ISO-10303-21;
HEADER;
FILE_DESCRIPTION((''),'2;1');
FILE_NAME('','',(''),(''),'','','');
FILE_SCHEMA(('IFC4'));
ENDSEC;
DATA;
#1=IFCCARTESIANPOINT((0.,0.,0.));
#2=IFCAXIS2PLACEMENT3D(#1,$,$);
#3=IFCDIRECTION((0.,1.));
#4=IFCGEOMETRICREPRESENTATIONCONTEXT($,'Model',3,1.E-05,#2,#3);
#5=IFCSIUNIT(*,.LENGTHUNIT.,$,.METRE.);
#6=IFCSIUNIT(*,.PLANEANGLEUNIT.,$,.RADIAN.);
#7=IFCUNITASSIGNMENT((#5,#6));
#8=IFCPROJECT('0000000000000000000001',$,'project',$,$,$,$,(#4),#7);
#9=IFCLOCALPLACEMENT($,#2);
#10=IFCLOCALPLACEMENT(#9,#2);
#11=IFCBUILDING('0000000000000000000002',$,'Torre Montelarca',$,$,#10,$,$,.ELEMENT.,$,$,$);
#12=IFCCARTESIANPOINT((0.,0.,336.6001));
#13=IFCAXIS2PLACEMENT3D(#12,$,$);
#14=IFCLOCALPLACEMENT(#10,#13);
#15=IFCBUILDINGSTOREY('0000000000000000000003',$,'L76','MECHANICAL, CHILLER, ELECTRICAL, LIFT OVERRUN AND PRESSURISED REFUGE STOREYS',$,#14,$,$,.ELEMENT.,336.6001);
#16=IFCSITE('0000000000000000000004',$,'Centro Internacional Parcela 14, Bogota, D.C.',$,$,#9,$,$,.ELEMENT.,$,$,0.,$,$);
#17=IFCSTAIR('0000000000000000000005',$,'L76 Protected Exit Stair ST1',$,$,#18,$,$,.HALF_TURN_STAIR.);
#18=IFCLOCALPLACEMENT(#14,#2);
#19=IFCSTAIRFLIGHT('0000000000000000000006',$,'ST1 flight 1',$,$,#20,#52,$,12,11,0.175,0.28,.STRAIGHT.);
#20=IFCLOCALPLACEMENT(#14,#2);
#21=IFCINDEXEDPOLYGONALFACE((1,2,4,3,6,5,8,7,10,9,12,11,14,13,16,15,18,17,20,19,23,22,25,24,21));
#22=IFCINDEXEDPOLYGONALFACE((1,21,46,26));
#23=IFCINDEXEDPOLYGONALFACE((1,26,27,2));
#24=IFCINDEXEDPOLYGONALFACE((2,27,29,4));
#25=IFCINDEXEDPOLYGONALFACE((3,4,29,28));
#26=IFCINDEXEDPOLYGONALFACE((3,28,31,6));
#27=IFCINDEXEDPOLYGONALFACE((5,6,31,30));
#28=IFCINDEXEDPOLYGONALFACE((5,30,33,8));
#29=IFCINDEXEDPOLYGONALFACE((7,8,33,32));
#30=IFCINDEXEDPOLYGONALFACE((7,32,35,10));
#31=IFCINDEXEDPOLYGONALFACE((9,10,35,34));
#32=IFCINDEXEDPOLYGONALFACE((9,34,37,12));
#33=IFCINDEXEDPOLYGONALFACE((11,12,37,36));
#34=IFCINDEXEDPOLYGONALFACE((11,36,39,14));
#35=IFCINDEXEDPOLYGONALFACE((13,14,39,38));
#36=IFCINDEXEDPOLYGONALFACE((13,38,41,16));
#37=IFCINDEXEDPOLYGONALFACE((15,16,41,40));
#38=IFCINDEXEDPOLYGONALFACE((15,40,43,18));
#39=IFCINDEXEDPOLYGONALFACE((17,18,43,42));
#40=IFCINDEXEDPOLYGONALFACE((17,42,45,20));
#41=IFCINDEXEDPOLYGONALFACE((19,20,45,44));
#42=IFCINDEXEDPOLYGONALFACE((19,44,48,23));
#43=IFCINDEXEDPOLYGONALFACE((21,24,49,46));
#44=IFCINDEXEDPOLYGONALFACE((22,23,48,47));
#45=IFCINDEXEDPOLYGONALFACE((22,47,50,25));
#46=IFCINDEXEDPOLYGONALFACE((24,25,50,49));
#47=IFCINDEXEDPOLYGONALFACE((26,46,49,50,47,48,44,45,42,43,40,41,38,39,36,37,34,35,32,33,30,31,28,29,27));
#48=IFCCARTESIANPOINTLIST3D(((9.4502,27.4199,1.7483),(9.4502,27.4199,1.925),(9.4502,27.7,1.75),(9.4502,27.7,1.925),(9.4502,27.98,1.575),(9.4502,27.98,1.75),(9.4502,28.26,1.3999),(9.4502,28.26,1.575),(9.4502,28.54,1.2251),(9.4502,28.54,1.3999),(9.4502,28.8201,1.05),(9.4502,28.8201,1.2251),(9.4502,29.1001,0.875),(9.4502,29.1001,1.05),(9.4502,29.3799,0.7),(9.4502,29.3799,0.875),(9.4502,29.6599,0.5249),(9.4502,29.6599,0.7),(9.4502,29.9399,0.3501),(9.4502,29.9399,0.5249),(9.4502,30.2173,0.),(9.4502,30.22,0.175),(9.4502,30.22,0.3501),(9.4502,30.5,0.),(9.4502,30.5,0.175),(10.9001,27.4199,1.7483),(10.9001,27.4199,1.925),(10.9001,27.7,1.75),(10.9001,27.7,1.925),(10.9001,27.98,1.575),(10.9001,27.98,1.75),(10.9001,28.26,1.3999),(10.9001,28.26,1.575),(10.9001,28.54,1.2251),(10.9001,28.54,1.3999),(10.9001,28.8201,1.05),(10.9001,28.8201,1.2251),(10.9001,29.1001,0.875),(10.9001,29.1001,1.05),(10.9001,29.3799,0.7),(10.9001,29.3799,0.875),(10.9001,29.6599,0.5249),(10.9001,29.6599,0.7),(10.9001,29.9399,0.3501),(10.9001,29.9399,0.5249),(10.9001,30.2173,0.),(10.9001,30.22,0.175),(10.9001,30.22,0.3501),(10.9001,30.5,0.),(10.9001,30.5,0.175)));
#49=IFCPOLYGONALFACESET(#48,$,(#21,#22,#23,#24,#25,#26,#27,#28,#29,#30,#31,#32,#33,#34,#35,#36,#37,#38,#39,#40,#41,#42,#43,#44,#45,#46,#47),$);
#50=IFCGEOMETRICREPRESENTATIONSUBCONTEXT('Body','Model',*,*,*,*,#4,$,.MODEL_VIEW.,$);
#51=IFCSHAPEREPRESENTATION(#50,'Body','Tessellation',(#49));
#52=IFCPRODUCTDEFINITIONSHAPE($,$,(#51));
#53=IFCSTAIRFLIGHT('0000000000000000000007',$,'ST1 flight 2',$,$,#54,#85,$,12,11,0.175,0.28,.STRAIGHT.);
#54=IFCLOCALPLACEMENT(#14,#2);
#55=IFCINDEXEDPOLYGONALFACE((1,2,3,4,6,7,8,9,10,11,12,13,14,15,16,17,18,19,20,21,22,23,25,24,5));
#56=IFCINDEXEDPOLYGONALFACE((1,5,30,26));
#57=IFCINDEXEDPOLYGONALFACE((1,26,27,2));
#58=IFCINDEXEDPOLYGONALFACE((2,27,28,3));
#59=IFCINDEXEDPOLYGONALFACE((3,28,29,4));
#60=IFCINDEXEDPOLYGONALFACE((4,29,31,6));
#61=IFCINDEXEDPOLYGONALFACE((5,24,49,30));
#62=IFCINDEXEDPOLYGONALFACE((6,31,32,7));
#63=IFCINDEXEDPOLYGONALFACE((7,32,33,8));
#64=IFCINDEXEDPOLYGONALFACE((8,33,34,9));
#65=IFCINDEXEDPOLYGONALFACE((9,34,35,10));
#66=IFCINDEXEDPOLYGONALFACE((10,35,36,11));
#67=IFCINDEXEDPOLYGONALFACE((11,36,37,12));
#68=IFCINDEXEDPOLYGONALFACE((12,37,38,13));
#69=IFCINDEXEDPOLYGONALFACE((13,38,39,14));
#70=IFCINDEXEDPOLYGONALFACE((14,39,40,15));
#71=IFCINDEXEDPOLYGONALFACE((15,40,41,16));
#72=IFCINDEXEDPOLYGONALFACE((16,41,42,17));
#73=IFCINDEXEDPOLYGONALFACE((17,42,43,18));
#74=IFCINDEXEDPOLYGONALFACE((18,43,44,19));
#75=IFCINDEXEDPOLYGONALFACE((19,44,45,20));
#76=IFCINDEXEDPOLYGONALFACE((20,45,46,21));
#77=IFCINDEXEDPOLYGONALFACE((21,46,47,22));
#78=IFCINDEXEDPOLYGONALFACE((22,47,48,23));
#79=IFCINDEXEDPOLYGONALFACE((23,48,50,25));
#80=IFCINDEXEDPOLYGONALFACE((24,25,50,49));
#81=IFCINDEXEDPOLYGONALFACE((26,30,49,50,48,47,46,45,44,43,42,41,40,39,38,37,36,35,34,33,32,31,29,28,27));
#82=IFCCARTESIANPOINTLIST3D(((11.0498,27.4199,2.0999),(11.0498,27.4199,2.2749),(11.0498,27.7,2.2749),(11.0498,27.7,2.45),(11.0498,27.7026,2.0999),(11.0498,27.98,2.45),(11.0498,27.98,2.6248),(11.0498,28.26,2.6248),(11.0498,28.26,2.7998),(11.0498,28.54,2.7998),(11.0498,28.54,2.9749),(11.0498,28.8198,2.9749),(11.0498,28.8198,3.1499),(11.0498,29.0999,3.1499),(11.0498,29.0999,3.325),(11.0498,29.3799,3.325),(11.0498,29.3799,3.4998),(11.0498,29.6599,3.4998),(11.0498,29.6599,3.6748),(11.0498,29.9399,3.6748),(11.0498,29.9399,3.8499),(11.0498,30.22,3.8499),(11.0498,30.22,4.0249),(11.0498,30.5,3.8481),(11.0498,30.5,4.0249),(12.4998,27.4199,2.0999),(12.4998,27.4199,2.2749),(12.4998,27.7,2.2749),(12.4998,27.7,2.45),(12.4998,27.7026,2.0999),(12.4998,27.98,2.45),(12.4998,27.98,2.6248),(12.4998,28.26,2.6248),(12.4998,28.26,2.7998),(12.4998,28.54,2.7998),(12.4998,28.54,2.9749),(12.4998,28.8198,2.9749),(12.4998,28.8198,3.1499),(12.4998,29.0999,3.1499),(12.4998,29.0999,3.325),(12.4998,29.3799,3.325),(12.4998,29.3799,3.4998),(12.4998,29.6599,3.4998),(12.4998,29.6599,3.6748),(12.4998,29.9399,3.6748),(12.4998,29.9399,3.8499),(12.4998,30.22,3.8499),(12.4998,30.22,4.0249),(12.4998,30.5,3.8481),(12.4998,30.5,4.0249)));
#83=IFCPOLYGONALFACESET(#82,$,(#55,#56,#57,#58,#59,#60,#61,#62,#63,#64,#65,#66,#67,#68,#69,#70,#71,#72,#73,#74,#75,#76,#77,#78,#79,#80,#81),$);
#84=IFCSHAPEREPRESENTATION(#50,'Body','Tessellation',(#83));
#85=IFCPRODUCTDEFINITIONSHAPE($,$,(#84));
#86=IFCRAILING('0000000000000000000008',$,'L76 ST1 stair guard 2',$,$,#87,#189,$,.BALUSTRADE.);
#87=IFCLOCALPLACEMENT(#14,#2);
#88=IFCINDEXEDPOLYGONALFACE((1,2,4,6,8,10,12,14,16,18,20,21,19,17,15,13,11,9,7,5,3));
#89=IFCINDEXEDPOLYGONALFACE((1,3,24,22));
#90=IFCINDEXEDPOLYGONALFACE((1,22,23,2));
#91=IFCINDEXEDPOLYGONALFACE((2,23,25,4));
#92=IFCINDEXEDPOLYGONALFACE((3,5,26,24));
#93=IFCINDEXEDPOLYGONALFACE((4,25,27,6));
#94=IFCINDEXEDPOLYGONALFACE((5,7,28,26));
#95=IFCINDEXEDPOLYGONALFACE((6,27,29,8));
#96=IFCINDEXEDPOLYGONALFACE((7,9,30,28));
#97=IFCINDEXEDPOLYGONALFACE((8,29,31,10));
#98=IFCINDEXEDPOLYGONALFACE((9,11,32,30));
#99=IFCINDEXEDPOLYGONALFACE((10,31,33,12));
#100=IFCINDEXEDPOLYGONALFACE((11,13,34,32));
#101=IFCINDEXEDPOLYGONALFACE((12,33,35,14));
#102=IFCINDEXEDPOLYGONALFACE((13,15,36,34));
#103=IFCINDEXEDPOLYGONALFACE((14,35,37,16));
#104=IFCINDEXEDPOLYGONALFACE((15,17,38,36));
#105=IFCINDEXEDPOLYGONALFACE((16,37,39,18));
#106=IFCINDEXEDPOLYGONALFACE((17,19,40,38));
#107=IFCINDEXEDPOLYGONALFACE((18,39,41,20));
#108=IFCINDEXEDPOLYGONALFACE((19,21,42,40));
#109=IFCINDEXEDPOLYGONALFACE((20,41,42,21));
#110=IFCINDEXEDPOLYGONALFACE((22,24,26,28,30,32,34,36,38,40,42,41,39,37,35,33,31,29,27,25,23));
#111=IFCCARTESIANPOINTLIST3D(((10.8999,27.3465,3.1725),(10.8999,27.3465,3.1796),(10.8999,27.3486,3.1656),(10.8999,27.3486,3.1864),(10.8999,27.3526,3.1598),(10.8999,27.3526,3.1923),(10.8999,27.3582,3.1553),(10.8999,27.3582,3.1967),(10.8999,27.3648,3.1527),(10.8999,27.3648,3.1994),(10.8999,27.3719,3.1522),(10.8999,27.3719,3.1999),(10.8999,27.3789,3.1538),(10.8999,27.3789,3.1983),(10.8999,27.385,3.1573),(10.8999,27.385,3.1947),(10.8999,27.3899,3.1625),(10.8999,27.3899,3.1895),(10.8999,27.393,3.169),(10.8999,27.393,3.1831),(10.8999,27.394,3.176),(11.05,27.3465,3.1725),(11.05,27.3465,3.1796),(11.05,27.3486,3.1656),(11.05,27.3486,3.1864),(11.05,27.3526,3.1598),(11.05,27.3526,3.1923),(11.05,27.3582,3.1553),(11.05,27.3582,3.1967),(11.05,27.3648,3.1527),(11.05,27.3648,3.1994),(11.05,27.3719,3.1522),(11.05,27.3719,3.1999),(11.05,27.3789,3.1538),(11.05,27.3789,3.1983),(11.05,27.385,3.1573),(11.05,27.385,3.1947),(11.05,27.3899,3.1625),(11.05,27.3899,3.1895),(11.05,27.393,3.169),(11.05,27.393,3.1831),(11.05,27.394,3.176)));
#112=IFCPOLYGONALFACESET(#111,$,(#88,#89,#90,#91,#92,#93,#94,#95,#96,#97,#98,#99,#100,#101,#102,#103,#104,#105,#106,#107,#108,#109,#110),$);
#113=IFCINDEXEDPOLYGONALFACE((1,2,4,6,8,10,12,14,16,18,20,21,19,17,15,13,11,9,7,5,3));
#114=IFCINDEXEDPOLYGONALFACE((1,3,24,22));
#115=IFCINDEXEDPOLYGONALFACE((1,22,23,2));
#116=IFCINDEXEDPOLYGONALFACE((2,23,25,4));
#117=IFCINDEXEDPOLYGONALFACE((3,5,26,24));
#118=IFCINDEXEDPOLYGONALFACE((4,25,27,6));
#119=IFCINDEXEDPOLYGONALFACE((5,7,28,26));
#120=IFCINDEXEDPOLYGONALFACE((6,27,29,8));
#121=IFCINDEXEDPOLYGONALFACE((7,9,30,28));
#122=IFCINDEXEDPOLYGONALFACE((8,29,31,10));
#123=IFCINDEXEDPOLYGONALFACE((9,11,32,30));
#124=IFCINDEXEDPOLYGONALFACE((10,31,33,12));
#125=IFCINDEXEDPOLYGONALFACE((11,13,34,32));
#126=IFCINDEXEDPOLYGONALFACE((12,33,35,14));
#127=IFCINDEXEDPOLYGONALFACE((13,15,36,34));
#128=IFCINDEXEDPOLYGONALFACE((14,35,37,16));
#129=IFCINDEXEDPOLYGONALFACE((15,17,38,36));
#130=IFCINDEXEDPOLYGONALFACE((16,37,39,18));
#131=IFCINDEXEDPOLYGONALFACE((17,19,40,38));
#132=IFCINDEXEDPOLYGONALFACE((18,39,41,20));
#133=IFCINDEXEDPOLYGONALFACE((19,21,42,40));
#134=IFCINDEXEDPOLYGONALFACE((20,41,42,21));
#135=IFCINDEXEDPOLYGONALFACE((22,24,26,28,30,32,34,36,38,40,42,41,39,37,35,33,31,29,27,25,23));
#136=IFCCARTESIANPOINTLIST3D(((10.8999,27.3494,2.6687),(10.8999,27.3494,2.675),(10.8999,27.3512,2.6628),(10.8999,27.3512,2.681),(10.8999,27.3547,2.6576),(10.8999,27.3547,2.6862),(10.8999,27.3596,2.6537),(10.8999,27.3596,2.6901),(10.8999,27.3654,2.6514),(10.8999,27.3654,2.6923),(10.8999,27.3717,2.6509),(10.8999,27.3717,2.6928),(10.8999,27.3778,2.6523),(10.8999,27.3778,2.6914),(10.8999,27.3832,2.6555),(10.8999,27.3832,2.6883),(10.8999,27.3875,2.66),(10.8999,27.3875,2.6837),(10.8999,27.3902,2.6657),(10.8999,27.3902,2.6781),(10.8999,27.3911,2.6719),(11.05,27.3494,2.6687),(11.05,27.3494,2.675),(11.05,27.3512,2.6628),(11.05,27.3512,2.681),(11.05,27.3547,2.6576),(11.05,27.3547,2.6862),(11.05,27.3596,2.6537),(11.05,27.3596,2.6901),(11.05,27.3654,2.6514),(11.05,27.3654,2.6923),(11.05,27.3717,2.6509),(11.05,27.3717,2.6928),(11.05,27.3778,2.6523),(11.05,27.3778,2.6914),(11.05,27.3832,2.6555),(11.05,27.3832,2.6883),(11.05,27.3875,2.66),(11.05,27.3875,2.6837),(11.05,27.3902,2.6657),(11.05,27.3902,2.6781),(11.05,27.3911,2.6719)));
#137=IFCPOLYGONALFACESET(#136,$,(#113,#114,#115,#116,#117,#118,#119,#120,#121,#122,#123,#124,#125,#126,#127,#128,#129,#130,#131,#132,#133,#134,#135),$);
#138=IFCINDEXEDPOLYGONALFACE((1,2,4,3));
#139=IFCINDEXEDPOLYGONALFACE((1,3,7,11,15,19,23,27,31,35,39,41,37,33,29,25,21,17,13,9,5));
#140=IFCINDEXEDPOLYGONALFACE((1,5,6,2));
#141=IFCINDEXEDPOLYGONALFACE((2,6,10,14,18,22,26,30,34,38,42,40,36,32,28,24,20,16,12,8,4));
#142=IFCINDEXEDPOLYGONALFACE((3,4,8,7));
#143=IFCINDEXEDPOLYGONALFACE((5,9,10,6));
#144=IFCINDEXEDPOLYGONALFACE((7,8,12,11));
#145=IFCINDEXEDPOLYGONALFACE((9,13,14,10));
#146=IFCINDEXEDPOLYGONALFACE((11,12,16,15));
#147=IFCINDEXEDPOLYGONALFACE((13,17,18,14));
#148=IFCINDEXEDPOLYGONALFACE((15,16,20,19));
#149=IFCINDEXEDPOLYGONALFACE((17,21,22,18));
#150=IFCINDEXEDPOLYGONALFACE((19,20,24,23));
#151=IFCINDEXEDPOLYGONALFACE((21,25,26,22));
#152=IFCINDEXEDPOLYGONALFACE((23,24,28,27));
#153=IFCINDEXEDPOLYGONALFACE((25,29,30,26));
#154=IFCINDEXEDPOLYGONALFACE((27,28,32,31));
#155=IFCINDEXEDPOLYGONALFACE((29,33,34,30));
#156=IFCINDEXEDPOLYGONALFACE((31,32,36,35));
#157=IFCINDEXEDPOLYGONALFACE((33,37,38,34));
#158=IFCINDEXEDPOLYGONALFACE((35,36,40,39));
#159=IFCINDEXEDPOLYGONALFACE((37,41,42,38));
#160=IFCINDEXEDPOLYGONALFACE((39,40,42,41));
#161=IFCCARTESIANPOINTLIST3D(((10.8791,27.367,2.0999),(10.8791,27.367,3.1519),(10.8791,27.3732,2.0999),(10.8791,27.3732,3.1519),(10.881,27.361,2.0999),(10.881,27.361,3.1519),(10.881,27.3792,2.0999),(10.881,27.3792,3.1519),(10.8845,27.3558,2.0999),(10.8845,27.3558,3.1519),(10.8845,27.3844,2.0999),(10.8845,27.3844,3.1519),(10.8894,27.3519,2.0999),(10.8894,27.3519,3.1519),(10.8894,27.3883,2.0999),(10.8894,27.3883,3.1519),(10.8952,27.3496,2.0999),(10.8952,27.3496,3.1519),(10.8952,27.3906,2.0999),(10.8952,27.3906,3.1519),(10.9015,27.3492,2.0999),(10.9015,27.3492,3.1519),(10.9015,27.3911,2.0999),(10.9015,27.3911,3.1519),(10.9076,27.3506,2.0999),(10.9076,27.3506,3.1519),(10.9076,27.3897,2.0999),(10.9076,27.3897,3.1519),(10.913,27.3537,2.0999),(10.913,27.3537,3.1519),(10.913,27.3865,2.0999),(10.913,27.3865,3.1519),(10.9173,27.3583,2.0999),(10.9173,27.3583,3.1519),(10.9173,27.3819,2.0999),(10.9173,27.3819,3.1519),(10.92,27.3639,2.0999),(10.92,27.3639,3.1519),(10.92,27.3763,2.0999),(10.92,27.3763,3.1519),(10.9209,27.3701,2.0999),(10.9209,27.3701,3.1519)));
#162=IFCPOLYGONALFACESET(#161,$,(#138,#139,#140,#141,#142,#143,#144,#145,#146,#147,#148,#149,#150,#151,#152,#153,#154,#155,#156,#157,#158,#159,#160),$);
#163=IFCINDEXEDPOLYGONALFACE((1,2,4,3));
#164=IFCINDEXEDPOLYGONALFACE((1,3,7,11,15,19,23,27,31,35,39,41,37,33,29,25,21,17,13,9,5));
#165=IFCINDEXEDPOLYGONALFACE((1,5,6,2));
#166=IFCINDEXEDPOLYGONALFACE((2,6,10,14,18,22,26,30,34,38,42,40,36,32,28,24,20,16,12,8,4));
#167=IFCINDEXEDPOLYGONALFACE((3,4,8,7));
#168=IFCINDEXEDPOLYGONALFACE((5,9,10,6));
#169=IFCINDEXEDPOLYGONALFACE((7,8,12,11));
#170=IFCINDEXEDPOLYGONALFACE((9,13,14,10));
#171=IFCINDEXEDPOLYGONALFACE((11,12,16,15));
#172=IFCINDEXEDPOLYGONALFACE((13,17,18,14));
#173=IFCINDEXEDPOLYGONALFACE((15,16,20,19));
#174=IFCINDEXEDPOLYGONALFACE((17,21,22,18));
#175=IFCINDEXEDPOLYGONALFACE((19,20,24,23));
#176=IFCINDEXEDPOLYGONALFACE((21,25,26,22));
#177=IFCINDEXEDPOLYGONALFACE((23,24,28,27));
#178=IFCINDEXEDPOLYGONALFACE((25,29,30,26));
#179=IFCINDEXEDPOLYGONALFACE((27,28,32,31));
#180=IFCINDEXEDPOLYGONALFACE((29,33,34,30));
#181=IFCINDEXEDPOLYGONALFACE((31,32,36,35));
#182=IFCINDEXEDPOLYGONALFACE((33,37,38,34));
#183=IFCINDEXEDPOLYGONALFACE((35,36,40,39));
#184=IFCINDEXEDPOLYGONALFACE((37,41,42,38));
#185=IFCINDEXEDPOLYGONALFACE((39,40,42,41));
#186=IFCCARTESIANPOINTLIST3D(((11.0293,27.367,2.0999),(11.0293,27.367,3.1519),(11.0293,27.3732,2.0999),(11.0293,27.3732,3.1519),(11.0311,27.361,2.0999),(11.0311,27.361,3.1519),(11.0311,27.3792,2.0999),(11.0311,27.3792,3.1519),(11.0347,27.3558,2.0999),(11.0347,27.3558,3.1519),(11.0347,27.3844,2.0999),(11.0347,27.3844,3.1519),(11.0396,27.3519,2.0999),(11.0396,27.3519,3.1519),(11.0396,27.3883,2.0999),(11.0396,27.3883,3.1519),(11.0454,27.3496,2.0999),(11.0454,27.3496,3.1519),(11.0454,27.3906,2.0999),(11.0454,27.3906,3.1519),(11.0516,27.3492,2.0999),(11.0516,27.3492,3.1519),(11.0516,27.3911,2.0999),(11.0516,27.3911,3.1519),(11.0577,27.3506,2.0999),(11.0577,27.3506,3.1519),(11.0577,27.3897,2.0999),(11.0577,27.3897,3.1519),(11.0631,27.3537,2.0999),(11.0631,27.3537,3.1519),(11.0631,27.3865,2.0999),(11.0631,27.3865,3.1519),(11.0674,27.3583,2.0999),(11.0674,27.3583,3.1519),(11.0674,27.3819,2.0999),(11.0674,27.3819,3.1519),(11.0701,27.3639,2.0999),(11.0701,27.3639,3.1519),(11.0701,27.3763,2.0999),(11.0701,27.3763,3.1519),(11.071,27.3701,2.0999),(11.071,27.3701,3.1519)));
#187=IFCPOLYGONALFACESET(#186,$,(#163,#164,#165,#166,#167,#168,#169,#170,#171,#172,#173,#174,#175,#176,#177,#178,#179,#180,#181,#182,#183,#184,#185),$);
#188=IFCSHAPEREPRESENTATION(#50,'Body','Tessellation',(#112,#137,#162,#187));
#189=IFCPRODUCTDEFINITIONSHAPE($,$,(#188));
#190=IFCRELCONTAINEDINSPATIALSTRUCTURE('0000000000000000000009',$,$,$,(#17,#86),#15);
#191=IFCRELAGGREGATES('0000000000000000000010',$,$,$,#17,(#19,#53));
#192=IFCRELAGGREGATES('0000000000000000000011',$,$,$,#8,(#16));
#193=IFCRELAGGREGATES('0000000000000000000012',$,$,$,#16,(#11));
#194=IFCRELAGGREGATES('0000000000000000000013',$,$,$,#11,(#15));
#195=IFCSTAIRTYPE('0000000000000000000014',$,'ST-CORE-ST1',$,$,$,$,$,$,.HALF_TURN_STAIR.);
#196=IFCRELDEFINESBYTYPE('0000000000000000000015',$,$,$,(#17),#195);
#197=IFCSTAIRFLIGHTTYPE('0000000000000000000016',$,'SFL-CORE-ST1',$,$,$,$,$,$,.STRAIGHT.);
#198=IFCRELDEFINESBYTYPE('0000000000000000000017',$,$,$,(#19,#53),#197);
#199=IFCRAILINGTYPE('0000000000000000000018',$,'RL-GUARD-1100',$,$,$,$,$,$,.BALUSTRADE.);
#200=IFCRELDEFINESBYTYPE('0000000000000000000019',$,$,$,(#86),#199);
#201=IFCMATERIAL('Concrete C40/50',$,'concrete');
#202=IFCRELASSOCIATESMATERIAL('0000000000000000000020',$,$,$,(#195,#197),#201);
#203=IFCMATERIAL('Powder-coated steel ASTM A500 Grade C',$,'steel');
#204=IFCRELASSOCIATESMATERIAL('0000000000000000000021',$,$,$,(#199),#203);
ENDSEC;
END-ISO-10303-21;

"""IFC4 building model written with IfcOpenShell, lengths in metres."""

from ifc_helpers import new_model, si_unit, direction, frame, origin, origin_2d, place, context, subcontext, project, spatial, polyline, circle, outline, extrude, material, type_object, element, aggregate, save


model = new_model("IFC4")

# Units and contexts
model_context = context("Model", 3, precision=1e-05, world=origin(), true_north=direction((0.0, 1.0)))
body_context = subcontext(model_context, "Body", "Model", "MODEL_VIEW")
ifc_project = project(units=[si_unit("LENGTHUNIT", "METRE"), si_unit("PLANEANGLEUNIT", "RADIAN")], contexts=[model_context])

# Site, building, storey
site_placement = place(None, origin())
site = spatial("IfcSite", under=ifc_project, at=site_placement, Name="Centro Internacional Parcela 14, Bogota, D.C.", CompositionType="ELEMENT", RefElevation=0.0)
building_placement = place(site_placement, origin())
building = spatial("IfcBuilding", under=site, at=building_placement, Name="Torre Montelarca", CompositionType="ELEMENT")
storey_placement = place(building_placement, frame((0.0, 0.0, 336.6001)))
storey = spatial("IfcBuildingStorey", under=building, at=storey_placement, Name="L76", Description="MECHANICAL, CHILLER, ELECTRICAL, LIFT OVERRUN AND PRESSURISED REFUGE STOREYS", CompositionType="ELEMENT", Elevation=336.6001)

# Shared definitions
ifc_material_1 = material(Name="Concrete C40/50", Category="concrete")

# Stair, stair flights
stair_type = type_object("IfcStairType", Name="ST-CORE-ST1", PredefinedType="HALF_TURN_STAIR", material=ifc_material_1)
stair_placement = place(storey_placement, origin())
stair = element("IfcStair", 1, at=stair_placement, inside=storey, type_object=stair_type, Name="L76 Protected Exit Stair ST1", PredefinedType="HALF_TURN_STAIR")
stair_flight_type = type_object("IfcStairFlightType", Name="SFL-CORE-ST1", PredefinedType="STRAIGHT", material=ifc_material_1)
stair_flight_1_placement = place(storey_placement, frame((10.175, 30.5, 0.0), z_axis=(0.0, 0.0, 1.0), x_axis=(0.0, -1.0, 0.0)))
stair_flight_1 = element("IfcStairFlight", 2, at=stair_flight_1_placement, type_object=stair_flight_type, Name="ST1 flight 1", NumberOfRisers=12, NumberOfTreads=11, PredefinedType="STRAIGHT", RiserHeight=0.175, TreadLength=0.28, context=body_context, shape_type="SweptSolid", body=[
    extrude(outline(polyline([(0.0, 0.0), (0.0, 0.175), (0.28, 0.175), (0.28, 0.3501), (0.5601, 0.3501), (0.5601, 0.5249), (0.8401, 0.5249), (0.8401, 0.7), (1.1201, 0.7), (1.1201, 0.875), (1.3999, 0.875), (1.3999, 1.05), (1.6799, 1.05), (1.6799, 1.2251), (1.96, 1.2251), (1.96, 1.3999), (2.24, 1.3999), (2.24, 1.575), (2.52, 1.575), (2.52, 1.75), (2.8, 1.75), (2.8, 1.925), (3.0801, 1.925), (3.0801, 2.1001), (3.0801, 1.7483), (0.2827, 0.0), (0.0, 0.0)])), frame((0.0, 0.7251, 0.0), z_axis=(0.0, -1.0, 0.0), x_axis=(1.0, 0.0, 0.0)), (0.0, 0.0, 1.0), 1.45),
])
stair_flight_2_placement = place(storey_placement, frame((11.7749, 27.4199, 2.0999), z_axis=(0.0, 0.0, 1.0), x_axis=(0.0, 1.0, 0.0)))
stair_flight_2 = element("IfcStairFlight", 3, at=stair_flight_2_placement, type_object=stair_flight_type, Name="ST1 flight 2", NumberOfRisers=12, NumberOfTreads=11, PredefinedType="STRAIGHT", RiserHeight=0.175, TreadLength=0.28, context=body_context, shape_type="SweptSolid", body=[
    extrude(outline(polyline([(0.0, 0.0), (0.0, 0.175), (0.28, 0.175), (0.28, 0.3501), (0.5601, 0.3501), (0.5601, 0.5249), (0.8401, 0.5249), (0.8401, 0.7), (1.1201, 0.7), (1.1201, 0.875), (1.3999, 0.875), (1.3999, 1.05), (1.6799, 1.05), (1.6799, 1.2251), (1.96, 1.2251), (1.96, 1.3999), (2.24, 1.3999), (2.24, 1.575), (2.52, 1.575), (2.52, 1.75), (2.8, 1.75), (2.8, 1.925), (3.0801, 1.925), (3.0801, 2.1001), (3.0801, 1.7483), (0.2827, 0.0), (0.0, 0.0)])), frame((0.0, 0.7251, 0.0), z_axis=(0.0, -1.0, 0.0), x_axis=(1.0, 0.0, 0.0)), (0.0, 0.0, 1.0), 1.45),
])
aggregate(stair, [stair_flight_1, stair_flight_2])

# Railing
ifc_material_2 = material(Name="Powder-coated steel ASTM A500 Grade C", Category="steel")
railing_type_1 = type_object("IfcRailingType", Name="RL-GUARD-1100", PredefinedType="BALUSTRADE", material=ifc_material_2)
railing_1_placement = place(storey_placement, frame((10.8999, 27.3701, 2.0999)))
element("IfcRailing", 4, at=railing_1_placement, inside=storey, type_object=railing_type_1, Name="L76 ST1 stair guard 2", PredefinedType="BALUSTRADE", context=body_context, shape_type="SweptSolid", body=[
    extrude(circle(Radius=0.0239, at=origin_2d()), frame((0.0, 0.0, 1.0762), z_axis=(1.0, 0.0, 0.0), x_axis=(0.0, 1.0, 0.0)), (0.0, 0.0, 1.0), 0.1501),
    extrude(circle(Radius=0.021, at=origin_2d()), frame((0.0, 0.0, 0.572), z_axis=(1.0, 0.0, 0.0), x_axis=(0.0, 1.0, 0.0)), (0.0, 0.0, 1.0), 0.1501),
    extrude(circle(Radius=0.021, at=origin_2d()), origin(), (0.0, 0.0, 1.0), 1.052),
    extrude(circle(Radius=0.021, at=origin_2d()), frame((0.1501, 0.0, 0.0)), (0.0, 0.0, 1.0), 1.052),
])

save(model, "model.ifc")
